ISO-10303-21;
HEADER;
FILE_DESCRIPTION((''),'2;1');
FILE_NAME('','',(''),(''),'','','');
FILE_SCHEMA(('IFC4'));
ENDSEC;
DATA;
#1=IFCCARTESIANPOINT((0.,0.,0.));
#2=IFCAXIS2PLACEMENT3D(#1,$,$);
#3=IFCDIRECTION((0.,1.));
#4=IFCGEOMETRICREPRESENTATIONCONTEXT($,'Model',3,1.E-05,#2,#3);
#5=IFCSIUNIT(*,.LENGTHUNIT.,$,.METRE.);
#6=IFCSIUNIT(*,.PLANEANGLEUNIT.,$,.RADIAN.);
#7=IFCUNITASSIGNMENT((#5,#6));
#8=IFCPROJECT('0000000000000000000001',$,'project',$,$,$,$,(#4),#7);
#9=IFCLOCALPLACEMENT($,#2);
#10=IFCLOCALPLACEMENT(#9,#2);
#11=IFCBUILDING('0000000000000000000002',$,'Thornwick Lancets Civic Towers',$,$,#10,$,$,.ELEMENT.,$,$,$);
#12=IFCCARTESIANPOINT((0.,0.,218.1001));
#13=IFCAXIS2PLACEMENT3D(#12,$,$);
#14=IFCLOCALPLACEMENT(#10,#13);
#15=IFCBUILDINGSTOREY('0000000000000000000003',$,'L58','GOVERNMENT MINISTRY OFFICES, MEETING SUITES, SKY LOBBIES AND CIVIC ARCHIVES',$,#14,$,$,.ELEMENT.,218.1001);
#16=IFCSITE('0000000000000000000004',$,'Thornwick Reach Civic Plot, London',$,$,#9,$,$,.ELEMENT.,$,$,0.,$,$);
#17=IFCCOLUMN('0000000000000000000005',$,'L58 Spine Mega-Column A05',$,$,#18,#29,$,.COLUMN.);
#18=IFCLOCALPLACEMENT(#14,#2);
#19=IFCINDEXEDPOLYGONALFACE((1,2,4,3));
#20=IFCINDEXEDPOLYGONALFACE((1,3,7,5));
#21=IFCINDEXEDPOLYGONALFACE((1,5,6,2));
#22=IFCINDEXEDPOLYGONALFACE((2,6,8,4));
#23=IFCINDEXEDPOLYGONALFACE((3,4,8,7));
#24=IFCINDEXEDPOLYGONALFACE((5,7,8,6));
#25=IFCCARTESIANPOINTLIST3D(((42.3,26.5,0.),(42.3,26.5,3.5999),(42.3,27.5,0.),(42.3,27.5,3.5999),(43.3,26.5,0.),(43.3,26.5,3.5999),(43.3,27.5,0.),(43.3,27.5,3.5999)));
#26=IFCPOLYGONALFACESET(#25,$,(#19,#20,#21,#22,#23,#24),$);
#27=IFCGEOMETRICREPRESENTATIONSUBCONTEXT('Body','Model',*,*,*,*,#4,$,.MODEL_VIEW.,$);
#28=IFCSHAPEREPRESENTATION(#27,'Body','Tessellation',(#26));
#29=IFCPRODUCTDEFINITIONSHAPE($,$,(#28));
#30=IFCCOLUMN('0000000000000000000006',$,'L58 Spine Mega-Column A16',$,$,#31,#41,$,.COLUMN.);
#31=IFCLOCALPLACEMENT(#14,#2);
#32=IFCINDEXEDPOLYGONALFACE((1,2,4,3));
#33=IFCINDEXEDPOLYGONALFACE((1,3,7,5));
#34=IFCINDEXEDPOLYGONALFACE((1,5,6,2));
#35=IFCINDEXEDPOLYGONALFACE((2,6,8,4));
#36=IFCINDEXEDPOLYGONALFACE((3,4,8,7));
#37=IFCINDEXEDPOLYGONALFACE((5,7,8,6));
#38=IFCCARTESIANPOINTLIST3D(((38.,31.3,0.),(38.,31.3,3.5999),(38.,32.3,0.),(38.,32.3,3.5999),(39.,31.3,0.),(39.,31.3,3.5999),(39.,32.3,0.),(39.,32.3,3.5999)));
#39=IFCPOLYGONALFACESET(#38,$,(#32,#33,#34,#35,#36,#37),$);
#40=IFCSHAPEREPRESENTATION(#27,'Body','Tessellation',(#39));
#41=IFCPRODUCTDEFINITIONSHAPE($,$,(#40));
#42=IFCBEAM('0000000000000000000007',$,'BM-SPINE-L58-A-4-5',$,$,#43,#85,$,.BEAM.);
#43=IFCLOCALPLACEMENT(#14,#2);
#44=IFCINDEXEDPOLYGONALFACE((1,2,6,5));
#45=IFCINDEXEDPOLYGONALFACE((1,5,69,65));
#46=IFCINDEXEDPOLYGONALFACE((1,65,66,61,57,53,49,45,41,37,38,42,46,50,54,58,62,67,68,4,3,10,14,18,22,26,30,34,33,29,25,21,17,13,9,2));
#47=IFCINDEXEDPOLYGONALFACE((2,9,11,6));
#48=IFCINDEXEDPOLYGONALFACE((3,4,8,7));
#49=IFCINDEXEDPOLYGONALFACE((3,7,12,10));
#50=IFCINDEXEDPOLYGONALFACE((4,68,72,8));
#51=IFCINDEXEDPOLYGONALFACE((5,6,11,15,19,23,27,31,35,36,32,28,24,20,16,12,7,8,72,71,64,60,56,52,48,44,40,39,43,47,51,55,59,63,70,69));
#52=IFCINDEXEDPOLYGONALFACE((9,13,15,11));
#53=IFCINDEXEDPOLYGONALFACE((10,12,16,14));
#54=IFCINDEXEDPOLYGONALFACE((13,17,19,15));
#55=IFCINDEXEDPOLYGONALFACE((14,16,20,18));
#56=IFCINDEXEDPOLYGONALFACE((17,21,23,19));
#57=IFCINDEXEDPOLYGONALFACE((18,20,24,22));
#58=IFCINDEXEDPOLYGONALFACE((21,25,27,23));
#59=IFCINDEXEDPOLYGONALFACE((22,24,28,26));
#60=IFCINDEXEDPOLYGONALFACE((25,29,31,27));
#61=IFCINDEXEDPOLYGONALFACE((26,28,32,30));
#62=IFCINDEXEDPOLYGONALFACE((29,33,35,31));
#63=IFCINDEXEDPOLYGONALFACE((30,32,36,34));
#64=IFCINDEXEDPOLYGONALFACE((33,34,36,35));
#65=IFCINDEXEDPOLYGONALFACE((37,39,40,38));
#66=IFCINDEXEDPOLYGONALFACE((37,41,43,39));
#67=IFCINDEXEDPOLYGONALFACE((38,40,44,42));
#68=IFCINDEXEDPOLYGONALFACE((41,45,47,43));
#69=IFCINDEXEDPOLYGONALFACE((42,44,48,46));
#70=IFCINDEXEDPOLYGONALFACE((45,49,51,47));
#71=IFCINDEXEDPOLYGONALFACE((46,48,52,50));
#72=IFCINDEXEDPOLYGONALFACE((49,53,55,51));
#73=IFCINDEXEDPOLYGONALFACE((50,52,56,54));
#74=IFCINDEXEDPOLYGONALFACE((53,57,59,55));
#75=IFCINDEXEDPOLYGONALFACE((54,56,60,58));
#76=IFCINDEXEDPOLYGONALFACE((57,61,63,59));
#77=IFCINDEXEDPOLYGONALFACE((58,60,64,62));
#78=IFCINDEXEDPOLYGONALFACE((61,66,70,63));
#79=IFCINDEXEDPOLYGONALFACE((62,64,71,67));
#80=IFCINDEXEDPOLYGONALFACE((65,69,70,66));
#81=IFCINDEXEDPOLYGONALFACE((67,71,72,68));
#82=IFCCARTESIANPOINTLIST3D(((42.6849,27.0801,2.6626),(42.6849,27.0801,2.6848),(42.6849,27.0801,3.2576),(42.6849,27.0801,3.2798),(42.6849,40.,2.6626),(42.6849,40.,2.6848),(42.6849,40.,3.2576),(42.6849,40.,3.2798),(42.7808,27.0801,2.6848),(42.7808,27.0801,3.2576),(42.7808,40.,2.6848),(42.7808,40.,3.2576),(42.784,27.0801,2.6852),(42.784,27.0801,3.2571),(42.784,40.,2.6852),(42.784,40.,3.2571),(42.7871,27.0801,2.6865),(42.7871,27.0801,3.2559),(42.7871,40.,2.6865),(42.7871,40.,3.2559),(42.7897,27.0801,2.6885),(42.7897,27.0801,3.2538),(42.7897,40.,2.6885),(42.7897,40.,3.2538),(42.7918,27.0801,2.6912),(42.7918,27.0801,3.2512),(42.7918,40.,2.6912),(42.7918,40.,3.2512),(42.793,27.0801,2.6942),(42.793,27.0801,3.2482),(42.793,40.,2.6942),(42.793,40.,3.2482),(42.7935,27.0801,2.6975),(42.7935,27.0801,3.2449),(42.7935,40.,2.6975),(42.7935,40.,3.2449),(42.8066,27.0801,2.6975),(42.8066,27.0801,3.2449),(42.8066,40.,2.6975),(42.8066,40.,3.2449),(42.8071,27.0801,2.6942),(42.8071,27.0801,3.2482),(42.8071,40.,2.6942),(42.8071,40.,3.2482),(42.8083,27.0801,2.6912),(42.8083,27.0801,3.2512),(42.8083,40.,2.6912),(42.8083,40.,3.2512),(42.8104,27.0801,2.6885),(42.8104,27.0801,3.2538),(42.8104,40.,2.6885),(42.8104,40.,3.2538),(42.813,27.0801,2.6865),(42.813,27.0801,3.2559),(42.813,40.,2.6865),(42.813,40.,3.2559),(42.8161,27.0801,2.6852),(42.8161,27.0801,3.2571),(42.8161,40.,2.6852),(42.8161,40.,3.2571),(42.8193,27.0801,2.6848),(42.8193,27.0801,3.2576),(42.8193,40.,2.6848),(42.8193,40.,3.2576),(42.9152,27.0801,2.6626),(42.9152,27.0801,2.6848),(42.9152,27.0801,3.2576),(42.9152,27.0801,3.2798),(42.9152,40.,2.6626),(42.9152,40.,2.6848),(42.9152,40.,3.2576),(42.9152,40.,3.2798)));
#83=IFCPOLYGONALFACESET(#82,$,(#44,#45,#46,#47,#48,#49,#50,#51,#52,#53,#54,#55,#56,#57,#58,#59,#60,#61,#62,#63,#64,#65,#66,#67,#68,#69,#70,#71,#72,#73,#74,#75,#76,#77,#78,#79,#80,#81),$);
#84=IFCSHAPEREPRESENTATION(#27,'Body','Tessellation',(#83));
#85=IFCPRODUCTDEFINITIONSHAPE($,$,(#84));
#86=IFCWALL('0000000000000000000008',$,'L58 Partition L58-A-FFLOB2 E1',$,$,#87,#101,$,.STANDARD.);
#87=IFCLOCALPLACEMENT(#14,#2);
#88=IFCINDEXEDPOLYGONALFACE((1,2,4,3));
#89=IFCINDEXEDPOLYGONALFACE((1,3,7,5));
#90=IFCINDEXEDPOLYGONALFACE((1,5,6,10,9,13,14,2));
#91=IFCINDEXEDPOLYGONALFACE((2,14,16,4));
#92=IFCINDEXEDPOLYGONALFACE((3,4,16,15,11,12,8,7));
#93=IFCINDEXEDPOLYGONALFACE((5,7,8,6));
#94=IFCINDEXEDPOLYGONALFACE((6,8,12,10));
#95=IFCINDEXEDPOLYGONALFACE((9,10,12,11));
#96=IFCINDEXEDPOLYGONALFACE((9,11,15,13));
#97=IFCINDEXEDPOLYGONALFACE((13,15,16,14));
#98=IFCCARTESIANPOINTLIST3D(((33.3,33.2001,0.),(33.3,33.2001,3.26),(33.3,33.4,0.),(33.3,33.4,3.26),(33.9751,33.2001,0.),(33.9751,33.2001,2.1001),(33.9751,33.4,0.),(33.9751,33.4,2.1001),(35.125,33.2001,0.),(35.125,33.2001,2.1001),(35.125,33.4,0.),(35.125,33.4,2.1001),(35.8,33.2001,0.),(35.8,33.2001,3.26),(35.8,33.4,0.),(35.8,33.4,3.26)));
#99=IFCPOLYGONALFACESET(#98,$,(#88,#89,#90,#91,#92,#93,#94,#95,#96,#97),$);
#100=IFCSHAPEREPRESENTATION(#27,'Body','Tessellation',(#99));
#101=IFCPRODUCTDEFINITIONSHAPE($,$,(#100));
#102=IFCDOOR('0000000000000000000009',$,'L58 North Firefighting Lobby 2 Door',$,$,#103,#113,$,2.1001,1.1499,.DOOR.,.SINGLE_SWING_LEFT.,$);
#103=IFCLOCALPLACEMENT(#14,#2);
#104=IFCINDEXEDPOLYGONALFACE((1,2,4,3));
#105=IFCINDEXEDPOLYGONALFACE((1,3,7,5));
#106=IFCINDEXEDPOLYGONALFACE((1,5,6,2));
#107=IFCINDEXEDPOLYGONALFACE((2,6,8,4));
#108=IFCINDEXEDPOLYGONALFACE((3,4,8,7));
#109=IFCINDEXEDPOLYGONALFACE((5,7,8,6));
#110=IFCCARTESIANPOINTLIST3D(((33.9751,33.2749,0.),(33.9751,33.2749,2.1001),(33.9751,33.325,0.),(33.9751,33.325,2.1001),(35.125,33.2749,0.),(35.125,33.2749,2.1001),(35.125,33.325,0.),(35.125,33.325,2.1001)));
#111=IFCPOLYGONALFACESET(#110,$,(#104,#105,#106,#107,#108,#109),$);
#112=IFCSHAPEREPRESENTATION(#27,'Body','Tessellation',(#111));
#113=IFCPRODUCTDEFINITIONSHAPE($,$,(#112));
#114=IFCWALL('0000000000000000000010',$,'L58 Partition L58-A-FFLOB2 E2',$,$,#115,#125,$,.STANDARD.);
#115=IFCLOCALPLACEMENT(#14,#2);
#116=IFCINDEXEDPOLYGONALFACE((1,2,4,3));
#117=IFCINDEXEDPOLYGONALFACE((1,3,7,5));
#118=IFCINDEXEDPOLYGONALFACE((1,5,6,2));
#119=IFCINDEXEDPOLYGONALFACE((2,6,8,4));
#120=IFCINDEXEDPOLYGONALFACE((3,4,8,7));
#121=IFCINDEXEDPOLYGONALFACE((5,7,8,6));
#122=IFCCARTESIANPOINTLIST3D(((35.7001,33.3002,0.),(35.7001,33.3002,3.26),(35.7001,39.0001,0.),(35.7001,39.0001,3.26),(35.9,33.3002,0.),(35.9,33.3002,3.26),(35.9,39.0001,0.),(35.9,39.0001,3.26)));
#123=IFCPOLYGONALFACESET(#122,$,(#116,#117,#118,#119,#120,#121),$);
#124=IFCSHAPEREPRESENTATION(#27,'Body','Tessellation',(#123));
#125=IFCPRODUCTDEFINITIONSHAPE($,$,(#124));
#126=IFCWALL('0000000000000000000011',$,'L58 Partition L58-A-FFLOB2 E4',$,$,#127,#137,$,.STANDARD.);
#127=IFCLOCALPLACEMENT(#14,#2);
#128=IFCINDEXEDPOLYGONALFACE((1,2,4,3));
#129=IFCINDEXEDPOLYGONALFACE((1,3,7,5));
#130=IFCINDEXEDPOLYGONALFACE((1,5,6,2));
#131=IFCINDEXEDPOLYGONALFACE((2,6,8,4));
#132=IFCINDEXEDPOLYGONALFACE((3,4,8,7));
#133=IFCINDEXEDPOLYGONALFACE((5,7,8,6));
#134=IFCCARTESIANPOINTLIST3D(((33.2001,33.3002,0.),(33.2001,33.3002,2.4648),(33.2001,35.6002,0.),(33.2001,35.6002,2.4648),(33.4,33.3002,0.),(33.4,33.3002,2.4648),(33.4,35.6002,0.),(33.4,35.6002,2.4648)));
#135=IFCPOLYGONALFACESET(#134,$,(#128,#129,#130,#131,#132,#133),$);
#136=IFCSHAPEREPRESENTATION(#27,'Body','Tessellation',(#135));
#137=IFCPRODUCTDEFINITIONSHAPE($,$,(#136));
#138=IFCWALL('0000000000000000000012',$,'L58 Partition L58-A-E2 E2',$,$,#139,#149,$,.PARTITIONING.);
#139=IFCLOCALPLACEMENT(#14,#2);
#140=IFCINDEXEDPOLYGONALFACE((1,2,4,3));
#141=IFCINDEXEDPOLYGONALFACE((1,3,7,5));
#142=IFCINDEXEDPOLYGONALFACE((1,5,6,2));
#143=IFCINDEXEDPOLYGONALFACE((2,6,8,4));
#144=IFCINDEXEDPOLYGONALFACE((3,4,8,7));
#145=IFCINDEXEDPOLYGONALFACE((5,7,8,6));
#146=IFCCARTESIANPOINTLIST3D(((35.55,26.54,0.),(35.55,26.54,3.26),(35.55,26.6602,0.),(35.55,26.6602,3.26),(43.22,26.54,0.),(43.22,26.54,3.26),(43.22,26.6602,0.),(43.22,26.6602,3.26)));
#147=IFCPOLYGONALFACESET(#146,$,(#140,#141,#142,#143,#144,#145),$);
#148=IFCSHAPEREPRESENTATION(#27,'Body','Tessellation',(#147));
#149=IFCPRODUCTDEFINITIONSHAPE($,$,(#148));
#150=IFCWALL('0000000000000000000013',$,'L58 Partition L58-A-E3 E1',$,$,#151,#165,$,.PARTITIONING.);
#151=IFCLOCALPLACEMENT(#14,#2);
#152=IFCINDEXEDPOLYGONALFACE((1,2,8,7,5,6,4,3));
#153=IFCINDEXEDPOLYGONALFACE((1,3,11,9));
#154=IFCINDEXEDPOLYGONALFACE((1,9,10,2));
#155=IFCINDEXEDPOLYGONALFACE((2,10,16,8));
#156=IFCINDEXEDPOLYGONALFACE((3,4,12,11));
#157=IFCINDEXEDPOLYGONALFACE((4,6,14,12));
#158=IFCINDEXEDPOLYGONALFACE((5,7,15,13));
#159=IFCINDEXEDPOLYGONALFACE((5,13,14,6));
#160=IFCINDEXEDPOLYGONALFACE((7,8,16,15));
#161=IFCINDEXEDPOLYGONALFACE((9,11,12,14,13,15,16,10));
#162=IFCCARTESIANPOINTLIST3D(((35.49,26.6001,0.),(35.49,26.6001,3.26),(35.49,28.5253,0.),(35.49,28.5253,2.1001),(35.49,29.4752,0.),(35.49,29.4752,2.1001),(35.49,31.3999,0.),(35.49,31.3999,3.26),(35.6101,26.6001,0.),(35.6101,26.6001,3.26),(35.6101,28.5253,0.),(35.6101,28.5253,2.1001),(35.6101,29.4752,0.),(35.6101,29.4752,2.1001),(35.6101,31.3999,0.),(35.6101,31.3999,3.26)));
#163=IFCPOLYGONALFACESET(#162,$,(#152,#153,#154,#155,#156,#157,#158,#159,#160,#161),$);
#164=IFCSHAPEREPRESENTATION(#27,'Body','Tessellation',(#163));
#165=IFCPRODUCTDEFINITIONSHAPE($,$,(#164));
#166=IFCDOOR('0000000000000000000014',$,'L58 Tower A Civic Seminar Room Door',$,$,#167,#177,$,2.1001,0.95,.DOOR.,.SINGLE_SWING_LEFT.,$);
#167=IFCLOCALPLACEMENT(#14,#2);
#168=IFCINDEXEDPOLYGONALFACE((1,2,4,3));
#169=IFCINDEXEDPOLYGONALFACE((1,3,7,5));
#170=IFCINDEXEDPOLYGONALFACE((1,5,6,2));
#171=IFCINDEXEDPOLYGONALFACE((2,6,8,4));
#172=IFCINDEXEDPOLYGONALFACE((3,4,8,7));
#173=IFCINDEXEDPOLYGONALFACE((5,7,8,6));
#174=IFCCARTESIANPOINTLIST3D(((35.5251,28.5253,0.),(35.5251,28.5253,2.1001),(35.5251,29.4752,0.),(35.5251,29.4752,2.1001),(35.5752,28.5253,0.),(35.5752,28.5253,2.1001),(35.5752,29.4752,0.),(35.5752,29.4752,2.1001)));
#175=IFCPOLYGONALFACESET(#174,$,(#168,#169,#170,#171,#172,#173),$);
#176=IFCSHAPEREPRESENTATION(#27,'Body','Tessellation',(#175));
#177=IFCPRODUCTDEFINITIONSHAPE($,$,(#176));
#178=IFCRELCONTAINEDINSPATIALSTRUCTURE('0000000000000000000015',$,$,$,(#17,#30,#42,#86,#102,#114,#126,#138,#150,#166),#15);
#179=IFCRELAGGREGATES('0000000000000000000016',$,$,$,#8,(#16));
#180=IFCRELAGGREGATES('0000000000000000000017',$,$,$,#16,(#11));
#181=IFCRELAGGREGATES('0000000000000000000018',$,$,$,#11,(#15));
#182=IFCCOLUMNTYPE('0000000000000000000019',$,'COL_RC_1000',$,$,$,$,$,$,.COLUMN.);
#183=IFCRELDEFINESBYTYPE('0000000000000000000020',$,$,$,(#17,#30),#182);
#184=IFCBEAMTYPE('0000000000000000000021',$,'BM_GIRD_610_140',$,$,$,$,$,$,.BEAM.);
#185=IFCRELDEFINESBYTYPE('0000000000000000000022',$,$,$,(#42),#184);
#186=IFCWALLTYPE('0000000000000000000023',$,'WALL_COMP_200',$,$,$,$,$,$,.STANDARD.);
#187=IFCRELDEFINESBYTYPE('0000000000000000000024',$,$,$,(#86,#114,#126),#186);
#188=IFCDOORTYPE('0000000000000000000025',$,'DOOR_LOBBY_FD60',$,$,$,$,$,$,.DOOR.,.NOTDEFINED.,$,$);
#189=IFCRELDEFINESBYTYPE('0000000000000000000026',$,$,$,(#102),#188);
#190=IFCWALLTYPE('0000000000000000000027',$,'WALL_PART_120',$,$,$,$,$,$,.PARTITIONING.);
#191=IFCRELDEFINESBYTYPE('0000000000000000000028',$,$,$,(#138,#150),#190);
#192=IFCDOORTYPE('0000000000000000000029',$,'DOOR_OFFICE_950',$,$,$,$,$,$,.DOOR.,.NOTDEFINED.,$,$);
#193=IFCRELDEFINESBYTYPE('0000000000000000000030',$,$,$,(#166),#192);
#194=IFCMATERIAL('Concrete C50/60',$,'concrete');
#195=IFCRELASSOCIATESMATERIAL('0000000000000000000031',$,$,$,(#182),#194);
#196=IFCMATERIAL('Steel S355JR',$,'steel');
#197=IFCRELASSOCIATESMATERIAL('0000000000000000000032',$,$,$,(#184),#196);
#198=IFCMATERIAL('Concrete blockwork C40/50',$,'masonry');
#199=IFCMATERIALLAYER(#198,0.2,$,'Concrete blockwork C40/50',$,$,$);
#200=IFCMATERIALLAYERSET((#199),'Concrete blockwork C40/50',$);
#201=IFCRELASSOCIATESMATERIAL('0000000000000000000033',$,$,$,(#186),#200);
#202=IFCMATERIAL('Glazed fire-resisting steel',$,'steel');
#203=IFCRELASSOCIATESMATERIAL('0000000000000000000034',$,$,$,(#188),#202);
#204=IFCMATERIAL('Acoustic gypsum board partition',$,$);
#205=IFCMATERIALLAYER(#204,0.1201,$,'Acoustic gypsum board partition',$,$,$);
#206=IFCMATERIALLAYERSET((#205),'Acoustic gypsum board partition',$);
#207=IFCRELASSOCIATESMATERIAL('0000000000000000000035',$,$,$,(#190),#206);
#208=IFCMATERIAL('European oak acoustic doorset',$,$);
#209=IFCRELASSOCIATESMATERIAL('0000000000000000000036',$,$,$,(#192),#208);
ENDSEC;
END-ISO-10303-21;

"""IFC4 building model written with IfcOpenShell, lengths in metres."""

from ifc_helpers import new_model, si_unit, direction, frame, frame_2d, origin, origin_2d, place, context, subcontext, project, spatial, rectangle, i_section, extrude, material, layer, layer_set, material_profile, profile_set, type_object, element, fill, save


model = new_model("IFC4")

# Units and contexts
model_context = context("Model", 3, precision=1e-05, world=origin(), true_north=direction((0.0, 1.0)))
body_context = subcontext(model_context, "Body", "Model", "MODEL_VIEW")
ifc_project = project(units=[si_unit("LENGTHUNIT", "METRE"), si_unit("PLANEANGLEUNIT", "RADIAN")], contexts=[model_context])

# Site, building, storey
site_placement = place(None, origin())
site = spatial("IfcSite", under=ifc_project, at=site_placement, Name="Thornwick Reach Civic Plot, London", CompositionType="ELEMENT", RefElevation=0.0)
building_placement = place(site_placement, origin())
building = spatial("IfcBuilding", under=site, at=building_placement, Name="Thornwick Lancets Civic Towers", CompositionType="ELEMENT")
storey_placement = place(building_placement, frame((0.0, 0.0, 218.1001)))
storey = spatial("IfcBuildingStorey", under=building, at=storey_placement, Name="L58", Description="GOVERNMENT MINISTRY OFFICES, MEETING SUITES, SKY LOBBIES AND CIVIC ARCHIVES", CompositionType="ELEMENT", Elevation=218.1001)

# Columns
ifc_material_1 = material(Name="Concrete C50/60", Category="concrete")
ifc_material_profile_1 = material_profile(ifc_material_1, rectangle(XDim=1.0, YDim=1.0, at=origin_2d()), Name="RC 1000x1000")
ifc_profile_set_1 = profile_set([ifc_material_profile_1], Name="Concrete C50/60")
column_type = type_object("IfcColumnType", Name="COL_RC_1000", PredefinedType="COLUMN", material=ifc_profile_set_1)
for number, where, z_axis, x_axis, name in (
    (1, (42.8, 27.0, 0.0), (0.0, 0.0, 1.0), (1.0, 0.0, 0.0), "L58 Spine Mega-Column A05"),
    (2, (38.5, 31.8, 0.0), (0.0, 0.0, 1.0), (1.0, 0.0, 0.0), "L58 Spine Mega-Column A16"),
):
    element("IfcColumn", number, at=place(storey_placement, frame(where, z_axis=z_axis, x_axis=x_axis)), inside=storey, type_object=column_type, Name=name, PredefinedType="COLUMN", context=body_context, shape_type="SweptSolid", body=[
        extrude(rectangle(XDim=1.0, YDim=1.0, at=origin_2d()), origin(), (0.0, 0.0, 1.0), 3.5999),
    ])

# Beam
ifc_material_2 = material(Name="Steel S355JR", Category="steel")
ifc_material_profile_2 = material_profile(ifc_material_2, i_section(OverallWidth=0.2302, OverallDepth=0.6172, WebThickness=0.0132, FlangeThickness=0.0222, FilletRadius=0.0127, at=origin_2d()), Name="UKB 610x229x140")
ifc_profile_set_2 = profile_set([ifc_material_profile_2], Name="Steel S355JR")
beam_type = type_object("IfcBeamType", Name="BM_GIRD_610_140", PredefinedType="BEAM", material=ifc_profile_set_2)
beam_placement = place(storey_placement, frame((42.8, 27.0801, 2.9712), z_axis=(0.0, 1.0, 0.0), x_axis=(-1.0, 0.0, 0.0)))
element("IfcBeam", 3, at=beam_placement, inside=storey, type_object=beam_type, Name="BM-SPINE-L58-A-4-5", PredefinedType="BEAM", context=body_context, shape_type="SweptSolid", body=[
    extrude(i_section(OverallWidth=0.2302, OverallDepth=0.6172, WebThickness=0.0132, FlangeThickness=0.0222, FilletRadius=0.0127, at=origin_2d()), origin(), (0.0, 0.0, 1.0), 12.9199),
])

# Wall, opening, door
ifc_material_3 = material(Name="Concrete blockwork C40/50", Category="masonry")
ifc_layer_1 = layer(ifc_material_3, 0.2, Name="Concrete blockwork C40/50")
ifc_layer_set_1 = layer_set([ifc_layer_1], Name="Concrete blockwork C40/50")
wall_type_1 = type_object("IfcWallType", Name="WALL_COMP_200", PredefinedType="STANDARD", material=ifc_layer_set_1)
wall_1_placement = place(storey_placement, frame((33.3, 33.3, 0.0), z_axis=(0.0, 0.0, 1.0), x_axis=(1.0, 0.0, 0.0)))
wall_1 = element("IfcWall", 4, at=wall_1_placement, inside=storey, type_object=wall_type_1, Name="L58 Partition L58-A-FFLOB2 E1", PredefinedType="STANDARD", context=body_context, shape_type="SweptSolid", body=[
    extrude(rectangle(XDim=2.5, YDim=0.2, at=frame_2d((1.25, 0.0))), origin(), (0.0, 0.0, 1.0), 3.26),
])
opening_1_placement = place(wall_1_placement, frame((0.675, 0.0, 0.0)))
opening_1 = element("IfcOpeningElement", 5, at=opening_1_placement, cuts=wall_1, PredefinedType="OPENING", context=body_context, shape_type="SweptSolid", body=[
    extrude(rectangle(XDim=1.1499, YDim=2.1001, at=frame_2d((0.575, 1.05))), frame((0.0, 0.1099, 0.0), z_axis=(0.0, -1.0, 0.0), x_axis=(1.0, 0.0, 0.0)), (0.0, 0.0, 1.0), 0.22),
])
ifc_material_4 = material(Name="Glazed fire-resisting steel", Category="steel")
door_type_1 = type_object("IfcDoorType", Name="DOOR_LOBBY_FD60", OperationType="NOTDEFINED", PredefinedType="DOOR", material=ifc_material_4)
door_1_placement = place(opening_1_placement, origin())
door_1 = element("IfcDoor", 6, at=door_1_placement, inside=storey, type_object=door_type_1, Name="L58 North Firefighting Lobby 2 Door", OperationType="SINGLE_SWING_LEFT", OverallHeight=2.1001, OverallWidth=1.1499, PredefinedType="DOOR", context=body_context, shape_type="SweptSolid", body=[
    extrude(rectangle(XDim=1.1499, YDim=2.1001, at=frame_2d((0.575, 1.05))), frame((0.0, 0.0249, 0.0), z_axis=(0.0, -1.0, 0.0), x_axis=(1.0, 0.0, 0.0)), (0.0, 0.0, 1.0), 0.05),
])
fill(opening_1, door_1)

# Walls
wall_2_placement = place(storey_placement, frame((35.8, 33.3, 0.0), z_axis=(0.0, 0.0, 1.0), x_axis=(0.0, 1.0, 0.0)))
element("IfcWall", 7, at=wall_2_placement, inside=storey, type_object=wall_type_1, Name="L58 Partition L58-A-FFLOB2 E2", PredefinedType="STANDARD", context=body_context, shape_type="SweptSolid", body=[
    extrude(rectangle(XDim=5.7, YDim=0.2, at=frame_2d((2.8501, 0.0))), origin(), (0.0, 0.0, 1.0), 3.26),
])
wall_3_placement = place(storey_placement, frame((33.3, 35.6001, 0.0), z_axis=(0.0, 0.0, 1.0), x_axis=(0.0, -1.0, 0.0)))
element("IfcWall", 8, at=wall_3_placement, inside=storey, type_object=wall_type_1, Name="L58 Partition L58-A-FFLOB2 E4", PredefinedType="STANDARD", context=body_context, shape_type="SweptSolid", body=[
    extrude(rectangle(XDim=2.3, YDim=0.2, at=frame_2d((1.1499, 0.0))), origin(), (0.0, 0.0, 1.0), 2.4648),
])
ifc_material_5 = material(Name="Acoustic gypsum board partition")
ifc_layer_2 = layer(ifc_material_5, 0.1201, Name="Acoustic gypsum board partition")
ifc_layer_set_2 = layer_set([ifc_layer_2], Name="Acoustic gypsum board partition")
wall_type_2 = type_object("IfcWallType", Name="WALL_PART_120", PredefinedType="PARTITIONING", material=ifc_layer_set_2)
wall_4_placement = place(storey_placement, frame((35.55, 26.6001, 0.0), z_axis=(0.0, 0.0, 1.0), x_axis=(1.0, 0.0, 0.0)))
element("IfcWall", 9, at=wall_4_placement, inside=storey, type_object=wall_type_2, Name="L58 Partition L58-A-E2 E2", PredefinedType="PARTITIONING", context=body_context, shape_type="SweptSolid", body=[
    extrude(rectangle(XDim=7.6699, YDim=0.1201, at=frame_2d((3.835, 0.0))), origin(), (0.0, 0.0, 1.0), 3.26),
])

# Wall, opening, door
wall_5_placement = place(storey_placement, frame((35.55, 26.6001, 0.0), z_axis=(0.0, 0.0, 1.0), x_axis=(0.0, 1.0, 0.0)))
wall_5 = element("IfcWall", 10, at=wall_5_placement, inside=storey, type_object=wall_type_2, Name="L58 Partition L58-A-E3 E1", PredefinedType="PARTITIONING", context=body_context, shape_type="SweptSolid", body=[
    extrude(rectangle(XDim=4.7998, YDim=0.1201, at=frame_2d((2.3999, 0.0))), origin(), (0.0, 0.0, 1.0), 3.26),
])
opening_2_placement = place(wall_5_placement, frame((1.925, 0.0, 0.0)))
opening_2 = element("IfcOpeningElement", 11, at=opening_2_placement, cuts=wall_5, PredefinedType="OPENING", context=body_context, shape_type="SweptSolid", body=[
    extrude(rectangle(XDim=0.95, YDim=2.1001, at=frame_2d((0.4751, 1.05))), frame((0.0, 0.0701, 0.0), z_axis=(0.0, -1.0, 0.0), x_axis=(1.0, 0.0, 0.0)), (0.0, 0.0, 1.0), 0.1401),
])
ifc_material_6 = material(Name="European oak acoustic doorset")
door_type_2 = type_object("IfcDoorType", Name="DOOR_OFFICE_950", OperationType="NOTDEFINED", PredefinedType="DOOR", material=ifc_material_6)
door_2_placement = place(opening_2_placement, origin())
door_2 = element("IfcDoor", 12, at=door_2_placement, inside=storey, type_object=door_type_2, Name="L58 Tower A Civic Seminar Room Door", OperationType="SINGLE_SWING_LEFT", OverallHeight=2.1001, OverallWidth=0.95, PredefinedType="DOOR", context=body_context, shape_type="SweptSolid", body=[
    extrude(rectangle(XDim=0.95, YDim=2.1001, at=frame_2d((0.4751, 1.05))), frame((0.0, 0.0249, 0.0), z_axis=(0.0, -1.0, 0.0), x_axis=(1.0, 0.0, 0.0)), (0.0, 0.0, 1.0), 0.05),
])
fill(opening_2, door_2)

save(model, "model.ifc")
